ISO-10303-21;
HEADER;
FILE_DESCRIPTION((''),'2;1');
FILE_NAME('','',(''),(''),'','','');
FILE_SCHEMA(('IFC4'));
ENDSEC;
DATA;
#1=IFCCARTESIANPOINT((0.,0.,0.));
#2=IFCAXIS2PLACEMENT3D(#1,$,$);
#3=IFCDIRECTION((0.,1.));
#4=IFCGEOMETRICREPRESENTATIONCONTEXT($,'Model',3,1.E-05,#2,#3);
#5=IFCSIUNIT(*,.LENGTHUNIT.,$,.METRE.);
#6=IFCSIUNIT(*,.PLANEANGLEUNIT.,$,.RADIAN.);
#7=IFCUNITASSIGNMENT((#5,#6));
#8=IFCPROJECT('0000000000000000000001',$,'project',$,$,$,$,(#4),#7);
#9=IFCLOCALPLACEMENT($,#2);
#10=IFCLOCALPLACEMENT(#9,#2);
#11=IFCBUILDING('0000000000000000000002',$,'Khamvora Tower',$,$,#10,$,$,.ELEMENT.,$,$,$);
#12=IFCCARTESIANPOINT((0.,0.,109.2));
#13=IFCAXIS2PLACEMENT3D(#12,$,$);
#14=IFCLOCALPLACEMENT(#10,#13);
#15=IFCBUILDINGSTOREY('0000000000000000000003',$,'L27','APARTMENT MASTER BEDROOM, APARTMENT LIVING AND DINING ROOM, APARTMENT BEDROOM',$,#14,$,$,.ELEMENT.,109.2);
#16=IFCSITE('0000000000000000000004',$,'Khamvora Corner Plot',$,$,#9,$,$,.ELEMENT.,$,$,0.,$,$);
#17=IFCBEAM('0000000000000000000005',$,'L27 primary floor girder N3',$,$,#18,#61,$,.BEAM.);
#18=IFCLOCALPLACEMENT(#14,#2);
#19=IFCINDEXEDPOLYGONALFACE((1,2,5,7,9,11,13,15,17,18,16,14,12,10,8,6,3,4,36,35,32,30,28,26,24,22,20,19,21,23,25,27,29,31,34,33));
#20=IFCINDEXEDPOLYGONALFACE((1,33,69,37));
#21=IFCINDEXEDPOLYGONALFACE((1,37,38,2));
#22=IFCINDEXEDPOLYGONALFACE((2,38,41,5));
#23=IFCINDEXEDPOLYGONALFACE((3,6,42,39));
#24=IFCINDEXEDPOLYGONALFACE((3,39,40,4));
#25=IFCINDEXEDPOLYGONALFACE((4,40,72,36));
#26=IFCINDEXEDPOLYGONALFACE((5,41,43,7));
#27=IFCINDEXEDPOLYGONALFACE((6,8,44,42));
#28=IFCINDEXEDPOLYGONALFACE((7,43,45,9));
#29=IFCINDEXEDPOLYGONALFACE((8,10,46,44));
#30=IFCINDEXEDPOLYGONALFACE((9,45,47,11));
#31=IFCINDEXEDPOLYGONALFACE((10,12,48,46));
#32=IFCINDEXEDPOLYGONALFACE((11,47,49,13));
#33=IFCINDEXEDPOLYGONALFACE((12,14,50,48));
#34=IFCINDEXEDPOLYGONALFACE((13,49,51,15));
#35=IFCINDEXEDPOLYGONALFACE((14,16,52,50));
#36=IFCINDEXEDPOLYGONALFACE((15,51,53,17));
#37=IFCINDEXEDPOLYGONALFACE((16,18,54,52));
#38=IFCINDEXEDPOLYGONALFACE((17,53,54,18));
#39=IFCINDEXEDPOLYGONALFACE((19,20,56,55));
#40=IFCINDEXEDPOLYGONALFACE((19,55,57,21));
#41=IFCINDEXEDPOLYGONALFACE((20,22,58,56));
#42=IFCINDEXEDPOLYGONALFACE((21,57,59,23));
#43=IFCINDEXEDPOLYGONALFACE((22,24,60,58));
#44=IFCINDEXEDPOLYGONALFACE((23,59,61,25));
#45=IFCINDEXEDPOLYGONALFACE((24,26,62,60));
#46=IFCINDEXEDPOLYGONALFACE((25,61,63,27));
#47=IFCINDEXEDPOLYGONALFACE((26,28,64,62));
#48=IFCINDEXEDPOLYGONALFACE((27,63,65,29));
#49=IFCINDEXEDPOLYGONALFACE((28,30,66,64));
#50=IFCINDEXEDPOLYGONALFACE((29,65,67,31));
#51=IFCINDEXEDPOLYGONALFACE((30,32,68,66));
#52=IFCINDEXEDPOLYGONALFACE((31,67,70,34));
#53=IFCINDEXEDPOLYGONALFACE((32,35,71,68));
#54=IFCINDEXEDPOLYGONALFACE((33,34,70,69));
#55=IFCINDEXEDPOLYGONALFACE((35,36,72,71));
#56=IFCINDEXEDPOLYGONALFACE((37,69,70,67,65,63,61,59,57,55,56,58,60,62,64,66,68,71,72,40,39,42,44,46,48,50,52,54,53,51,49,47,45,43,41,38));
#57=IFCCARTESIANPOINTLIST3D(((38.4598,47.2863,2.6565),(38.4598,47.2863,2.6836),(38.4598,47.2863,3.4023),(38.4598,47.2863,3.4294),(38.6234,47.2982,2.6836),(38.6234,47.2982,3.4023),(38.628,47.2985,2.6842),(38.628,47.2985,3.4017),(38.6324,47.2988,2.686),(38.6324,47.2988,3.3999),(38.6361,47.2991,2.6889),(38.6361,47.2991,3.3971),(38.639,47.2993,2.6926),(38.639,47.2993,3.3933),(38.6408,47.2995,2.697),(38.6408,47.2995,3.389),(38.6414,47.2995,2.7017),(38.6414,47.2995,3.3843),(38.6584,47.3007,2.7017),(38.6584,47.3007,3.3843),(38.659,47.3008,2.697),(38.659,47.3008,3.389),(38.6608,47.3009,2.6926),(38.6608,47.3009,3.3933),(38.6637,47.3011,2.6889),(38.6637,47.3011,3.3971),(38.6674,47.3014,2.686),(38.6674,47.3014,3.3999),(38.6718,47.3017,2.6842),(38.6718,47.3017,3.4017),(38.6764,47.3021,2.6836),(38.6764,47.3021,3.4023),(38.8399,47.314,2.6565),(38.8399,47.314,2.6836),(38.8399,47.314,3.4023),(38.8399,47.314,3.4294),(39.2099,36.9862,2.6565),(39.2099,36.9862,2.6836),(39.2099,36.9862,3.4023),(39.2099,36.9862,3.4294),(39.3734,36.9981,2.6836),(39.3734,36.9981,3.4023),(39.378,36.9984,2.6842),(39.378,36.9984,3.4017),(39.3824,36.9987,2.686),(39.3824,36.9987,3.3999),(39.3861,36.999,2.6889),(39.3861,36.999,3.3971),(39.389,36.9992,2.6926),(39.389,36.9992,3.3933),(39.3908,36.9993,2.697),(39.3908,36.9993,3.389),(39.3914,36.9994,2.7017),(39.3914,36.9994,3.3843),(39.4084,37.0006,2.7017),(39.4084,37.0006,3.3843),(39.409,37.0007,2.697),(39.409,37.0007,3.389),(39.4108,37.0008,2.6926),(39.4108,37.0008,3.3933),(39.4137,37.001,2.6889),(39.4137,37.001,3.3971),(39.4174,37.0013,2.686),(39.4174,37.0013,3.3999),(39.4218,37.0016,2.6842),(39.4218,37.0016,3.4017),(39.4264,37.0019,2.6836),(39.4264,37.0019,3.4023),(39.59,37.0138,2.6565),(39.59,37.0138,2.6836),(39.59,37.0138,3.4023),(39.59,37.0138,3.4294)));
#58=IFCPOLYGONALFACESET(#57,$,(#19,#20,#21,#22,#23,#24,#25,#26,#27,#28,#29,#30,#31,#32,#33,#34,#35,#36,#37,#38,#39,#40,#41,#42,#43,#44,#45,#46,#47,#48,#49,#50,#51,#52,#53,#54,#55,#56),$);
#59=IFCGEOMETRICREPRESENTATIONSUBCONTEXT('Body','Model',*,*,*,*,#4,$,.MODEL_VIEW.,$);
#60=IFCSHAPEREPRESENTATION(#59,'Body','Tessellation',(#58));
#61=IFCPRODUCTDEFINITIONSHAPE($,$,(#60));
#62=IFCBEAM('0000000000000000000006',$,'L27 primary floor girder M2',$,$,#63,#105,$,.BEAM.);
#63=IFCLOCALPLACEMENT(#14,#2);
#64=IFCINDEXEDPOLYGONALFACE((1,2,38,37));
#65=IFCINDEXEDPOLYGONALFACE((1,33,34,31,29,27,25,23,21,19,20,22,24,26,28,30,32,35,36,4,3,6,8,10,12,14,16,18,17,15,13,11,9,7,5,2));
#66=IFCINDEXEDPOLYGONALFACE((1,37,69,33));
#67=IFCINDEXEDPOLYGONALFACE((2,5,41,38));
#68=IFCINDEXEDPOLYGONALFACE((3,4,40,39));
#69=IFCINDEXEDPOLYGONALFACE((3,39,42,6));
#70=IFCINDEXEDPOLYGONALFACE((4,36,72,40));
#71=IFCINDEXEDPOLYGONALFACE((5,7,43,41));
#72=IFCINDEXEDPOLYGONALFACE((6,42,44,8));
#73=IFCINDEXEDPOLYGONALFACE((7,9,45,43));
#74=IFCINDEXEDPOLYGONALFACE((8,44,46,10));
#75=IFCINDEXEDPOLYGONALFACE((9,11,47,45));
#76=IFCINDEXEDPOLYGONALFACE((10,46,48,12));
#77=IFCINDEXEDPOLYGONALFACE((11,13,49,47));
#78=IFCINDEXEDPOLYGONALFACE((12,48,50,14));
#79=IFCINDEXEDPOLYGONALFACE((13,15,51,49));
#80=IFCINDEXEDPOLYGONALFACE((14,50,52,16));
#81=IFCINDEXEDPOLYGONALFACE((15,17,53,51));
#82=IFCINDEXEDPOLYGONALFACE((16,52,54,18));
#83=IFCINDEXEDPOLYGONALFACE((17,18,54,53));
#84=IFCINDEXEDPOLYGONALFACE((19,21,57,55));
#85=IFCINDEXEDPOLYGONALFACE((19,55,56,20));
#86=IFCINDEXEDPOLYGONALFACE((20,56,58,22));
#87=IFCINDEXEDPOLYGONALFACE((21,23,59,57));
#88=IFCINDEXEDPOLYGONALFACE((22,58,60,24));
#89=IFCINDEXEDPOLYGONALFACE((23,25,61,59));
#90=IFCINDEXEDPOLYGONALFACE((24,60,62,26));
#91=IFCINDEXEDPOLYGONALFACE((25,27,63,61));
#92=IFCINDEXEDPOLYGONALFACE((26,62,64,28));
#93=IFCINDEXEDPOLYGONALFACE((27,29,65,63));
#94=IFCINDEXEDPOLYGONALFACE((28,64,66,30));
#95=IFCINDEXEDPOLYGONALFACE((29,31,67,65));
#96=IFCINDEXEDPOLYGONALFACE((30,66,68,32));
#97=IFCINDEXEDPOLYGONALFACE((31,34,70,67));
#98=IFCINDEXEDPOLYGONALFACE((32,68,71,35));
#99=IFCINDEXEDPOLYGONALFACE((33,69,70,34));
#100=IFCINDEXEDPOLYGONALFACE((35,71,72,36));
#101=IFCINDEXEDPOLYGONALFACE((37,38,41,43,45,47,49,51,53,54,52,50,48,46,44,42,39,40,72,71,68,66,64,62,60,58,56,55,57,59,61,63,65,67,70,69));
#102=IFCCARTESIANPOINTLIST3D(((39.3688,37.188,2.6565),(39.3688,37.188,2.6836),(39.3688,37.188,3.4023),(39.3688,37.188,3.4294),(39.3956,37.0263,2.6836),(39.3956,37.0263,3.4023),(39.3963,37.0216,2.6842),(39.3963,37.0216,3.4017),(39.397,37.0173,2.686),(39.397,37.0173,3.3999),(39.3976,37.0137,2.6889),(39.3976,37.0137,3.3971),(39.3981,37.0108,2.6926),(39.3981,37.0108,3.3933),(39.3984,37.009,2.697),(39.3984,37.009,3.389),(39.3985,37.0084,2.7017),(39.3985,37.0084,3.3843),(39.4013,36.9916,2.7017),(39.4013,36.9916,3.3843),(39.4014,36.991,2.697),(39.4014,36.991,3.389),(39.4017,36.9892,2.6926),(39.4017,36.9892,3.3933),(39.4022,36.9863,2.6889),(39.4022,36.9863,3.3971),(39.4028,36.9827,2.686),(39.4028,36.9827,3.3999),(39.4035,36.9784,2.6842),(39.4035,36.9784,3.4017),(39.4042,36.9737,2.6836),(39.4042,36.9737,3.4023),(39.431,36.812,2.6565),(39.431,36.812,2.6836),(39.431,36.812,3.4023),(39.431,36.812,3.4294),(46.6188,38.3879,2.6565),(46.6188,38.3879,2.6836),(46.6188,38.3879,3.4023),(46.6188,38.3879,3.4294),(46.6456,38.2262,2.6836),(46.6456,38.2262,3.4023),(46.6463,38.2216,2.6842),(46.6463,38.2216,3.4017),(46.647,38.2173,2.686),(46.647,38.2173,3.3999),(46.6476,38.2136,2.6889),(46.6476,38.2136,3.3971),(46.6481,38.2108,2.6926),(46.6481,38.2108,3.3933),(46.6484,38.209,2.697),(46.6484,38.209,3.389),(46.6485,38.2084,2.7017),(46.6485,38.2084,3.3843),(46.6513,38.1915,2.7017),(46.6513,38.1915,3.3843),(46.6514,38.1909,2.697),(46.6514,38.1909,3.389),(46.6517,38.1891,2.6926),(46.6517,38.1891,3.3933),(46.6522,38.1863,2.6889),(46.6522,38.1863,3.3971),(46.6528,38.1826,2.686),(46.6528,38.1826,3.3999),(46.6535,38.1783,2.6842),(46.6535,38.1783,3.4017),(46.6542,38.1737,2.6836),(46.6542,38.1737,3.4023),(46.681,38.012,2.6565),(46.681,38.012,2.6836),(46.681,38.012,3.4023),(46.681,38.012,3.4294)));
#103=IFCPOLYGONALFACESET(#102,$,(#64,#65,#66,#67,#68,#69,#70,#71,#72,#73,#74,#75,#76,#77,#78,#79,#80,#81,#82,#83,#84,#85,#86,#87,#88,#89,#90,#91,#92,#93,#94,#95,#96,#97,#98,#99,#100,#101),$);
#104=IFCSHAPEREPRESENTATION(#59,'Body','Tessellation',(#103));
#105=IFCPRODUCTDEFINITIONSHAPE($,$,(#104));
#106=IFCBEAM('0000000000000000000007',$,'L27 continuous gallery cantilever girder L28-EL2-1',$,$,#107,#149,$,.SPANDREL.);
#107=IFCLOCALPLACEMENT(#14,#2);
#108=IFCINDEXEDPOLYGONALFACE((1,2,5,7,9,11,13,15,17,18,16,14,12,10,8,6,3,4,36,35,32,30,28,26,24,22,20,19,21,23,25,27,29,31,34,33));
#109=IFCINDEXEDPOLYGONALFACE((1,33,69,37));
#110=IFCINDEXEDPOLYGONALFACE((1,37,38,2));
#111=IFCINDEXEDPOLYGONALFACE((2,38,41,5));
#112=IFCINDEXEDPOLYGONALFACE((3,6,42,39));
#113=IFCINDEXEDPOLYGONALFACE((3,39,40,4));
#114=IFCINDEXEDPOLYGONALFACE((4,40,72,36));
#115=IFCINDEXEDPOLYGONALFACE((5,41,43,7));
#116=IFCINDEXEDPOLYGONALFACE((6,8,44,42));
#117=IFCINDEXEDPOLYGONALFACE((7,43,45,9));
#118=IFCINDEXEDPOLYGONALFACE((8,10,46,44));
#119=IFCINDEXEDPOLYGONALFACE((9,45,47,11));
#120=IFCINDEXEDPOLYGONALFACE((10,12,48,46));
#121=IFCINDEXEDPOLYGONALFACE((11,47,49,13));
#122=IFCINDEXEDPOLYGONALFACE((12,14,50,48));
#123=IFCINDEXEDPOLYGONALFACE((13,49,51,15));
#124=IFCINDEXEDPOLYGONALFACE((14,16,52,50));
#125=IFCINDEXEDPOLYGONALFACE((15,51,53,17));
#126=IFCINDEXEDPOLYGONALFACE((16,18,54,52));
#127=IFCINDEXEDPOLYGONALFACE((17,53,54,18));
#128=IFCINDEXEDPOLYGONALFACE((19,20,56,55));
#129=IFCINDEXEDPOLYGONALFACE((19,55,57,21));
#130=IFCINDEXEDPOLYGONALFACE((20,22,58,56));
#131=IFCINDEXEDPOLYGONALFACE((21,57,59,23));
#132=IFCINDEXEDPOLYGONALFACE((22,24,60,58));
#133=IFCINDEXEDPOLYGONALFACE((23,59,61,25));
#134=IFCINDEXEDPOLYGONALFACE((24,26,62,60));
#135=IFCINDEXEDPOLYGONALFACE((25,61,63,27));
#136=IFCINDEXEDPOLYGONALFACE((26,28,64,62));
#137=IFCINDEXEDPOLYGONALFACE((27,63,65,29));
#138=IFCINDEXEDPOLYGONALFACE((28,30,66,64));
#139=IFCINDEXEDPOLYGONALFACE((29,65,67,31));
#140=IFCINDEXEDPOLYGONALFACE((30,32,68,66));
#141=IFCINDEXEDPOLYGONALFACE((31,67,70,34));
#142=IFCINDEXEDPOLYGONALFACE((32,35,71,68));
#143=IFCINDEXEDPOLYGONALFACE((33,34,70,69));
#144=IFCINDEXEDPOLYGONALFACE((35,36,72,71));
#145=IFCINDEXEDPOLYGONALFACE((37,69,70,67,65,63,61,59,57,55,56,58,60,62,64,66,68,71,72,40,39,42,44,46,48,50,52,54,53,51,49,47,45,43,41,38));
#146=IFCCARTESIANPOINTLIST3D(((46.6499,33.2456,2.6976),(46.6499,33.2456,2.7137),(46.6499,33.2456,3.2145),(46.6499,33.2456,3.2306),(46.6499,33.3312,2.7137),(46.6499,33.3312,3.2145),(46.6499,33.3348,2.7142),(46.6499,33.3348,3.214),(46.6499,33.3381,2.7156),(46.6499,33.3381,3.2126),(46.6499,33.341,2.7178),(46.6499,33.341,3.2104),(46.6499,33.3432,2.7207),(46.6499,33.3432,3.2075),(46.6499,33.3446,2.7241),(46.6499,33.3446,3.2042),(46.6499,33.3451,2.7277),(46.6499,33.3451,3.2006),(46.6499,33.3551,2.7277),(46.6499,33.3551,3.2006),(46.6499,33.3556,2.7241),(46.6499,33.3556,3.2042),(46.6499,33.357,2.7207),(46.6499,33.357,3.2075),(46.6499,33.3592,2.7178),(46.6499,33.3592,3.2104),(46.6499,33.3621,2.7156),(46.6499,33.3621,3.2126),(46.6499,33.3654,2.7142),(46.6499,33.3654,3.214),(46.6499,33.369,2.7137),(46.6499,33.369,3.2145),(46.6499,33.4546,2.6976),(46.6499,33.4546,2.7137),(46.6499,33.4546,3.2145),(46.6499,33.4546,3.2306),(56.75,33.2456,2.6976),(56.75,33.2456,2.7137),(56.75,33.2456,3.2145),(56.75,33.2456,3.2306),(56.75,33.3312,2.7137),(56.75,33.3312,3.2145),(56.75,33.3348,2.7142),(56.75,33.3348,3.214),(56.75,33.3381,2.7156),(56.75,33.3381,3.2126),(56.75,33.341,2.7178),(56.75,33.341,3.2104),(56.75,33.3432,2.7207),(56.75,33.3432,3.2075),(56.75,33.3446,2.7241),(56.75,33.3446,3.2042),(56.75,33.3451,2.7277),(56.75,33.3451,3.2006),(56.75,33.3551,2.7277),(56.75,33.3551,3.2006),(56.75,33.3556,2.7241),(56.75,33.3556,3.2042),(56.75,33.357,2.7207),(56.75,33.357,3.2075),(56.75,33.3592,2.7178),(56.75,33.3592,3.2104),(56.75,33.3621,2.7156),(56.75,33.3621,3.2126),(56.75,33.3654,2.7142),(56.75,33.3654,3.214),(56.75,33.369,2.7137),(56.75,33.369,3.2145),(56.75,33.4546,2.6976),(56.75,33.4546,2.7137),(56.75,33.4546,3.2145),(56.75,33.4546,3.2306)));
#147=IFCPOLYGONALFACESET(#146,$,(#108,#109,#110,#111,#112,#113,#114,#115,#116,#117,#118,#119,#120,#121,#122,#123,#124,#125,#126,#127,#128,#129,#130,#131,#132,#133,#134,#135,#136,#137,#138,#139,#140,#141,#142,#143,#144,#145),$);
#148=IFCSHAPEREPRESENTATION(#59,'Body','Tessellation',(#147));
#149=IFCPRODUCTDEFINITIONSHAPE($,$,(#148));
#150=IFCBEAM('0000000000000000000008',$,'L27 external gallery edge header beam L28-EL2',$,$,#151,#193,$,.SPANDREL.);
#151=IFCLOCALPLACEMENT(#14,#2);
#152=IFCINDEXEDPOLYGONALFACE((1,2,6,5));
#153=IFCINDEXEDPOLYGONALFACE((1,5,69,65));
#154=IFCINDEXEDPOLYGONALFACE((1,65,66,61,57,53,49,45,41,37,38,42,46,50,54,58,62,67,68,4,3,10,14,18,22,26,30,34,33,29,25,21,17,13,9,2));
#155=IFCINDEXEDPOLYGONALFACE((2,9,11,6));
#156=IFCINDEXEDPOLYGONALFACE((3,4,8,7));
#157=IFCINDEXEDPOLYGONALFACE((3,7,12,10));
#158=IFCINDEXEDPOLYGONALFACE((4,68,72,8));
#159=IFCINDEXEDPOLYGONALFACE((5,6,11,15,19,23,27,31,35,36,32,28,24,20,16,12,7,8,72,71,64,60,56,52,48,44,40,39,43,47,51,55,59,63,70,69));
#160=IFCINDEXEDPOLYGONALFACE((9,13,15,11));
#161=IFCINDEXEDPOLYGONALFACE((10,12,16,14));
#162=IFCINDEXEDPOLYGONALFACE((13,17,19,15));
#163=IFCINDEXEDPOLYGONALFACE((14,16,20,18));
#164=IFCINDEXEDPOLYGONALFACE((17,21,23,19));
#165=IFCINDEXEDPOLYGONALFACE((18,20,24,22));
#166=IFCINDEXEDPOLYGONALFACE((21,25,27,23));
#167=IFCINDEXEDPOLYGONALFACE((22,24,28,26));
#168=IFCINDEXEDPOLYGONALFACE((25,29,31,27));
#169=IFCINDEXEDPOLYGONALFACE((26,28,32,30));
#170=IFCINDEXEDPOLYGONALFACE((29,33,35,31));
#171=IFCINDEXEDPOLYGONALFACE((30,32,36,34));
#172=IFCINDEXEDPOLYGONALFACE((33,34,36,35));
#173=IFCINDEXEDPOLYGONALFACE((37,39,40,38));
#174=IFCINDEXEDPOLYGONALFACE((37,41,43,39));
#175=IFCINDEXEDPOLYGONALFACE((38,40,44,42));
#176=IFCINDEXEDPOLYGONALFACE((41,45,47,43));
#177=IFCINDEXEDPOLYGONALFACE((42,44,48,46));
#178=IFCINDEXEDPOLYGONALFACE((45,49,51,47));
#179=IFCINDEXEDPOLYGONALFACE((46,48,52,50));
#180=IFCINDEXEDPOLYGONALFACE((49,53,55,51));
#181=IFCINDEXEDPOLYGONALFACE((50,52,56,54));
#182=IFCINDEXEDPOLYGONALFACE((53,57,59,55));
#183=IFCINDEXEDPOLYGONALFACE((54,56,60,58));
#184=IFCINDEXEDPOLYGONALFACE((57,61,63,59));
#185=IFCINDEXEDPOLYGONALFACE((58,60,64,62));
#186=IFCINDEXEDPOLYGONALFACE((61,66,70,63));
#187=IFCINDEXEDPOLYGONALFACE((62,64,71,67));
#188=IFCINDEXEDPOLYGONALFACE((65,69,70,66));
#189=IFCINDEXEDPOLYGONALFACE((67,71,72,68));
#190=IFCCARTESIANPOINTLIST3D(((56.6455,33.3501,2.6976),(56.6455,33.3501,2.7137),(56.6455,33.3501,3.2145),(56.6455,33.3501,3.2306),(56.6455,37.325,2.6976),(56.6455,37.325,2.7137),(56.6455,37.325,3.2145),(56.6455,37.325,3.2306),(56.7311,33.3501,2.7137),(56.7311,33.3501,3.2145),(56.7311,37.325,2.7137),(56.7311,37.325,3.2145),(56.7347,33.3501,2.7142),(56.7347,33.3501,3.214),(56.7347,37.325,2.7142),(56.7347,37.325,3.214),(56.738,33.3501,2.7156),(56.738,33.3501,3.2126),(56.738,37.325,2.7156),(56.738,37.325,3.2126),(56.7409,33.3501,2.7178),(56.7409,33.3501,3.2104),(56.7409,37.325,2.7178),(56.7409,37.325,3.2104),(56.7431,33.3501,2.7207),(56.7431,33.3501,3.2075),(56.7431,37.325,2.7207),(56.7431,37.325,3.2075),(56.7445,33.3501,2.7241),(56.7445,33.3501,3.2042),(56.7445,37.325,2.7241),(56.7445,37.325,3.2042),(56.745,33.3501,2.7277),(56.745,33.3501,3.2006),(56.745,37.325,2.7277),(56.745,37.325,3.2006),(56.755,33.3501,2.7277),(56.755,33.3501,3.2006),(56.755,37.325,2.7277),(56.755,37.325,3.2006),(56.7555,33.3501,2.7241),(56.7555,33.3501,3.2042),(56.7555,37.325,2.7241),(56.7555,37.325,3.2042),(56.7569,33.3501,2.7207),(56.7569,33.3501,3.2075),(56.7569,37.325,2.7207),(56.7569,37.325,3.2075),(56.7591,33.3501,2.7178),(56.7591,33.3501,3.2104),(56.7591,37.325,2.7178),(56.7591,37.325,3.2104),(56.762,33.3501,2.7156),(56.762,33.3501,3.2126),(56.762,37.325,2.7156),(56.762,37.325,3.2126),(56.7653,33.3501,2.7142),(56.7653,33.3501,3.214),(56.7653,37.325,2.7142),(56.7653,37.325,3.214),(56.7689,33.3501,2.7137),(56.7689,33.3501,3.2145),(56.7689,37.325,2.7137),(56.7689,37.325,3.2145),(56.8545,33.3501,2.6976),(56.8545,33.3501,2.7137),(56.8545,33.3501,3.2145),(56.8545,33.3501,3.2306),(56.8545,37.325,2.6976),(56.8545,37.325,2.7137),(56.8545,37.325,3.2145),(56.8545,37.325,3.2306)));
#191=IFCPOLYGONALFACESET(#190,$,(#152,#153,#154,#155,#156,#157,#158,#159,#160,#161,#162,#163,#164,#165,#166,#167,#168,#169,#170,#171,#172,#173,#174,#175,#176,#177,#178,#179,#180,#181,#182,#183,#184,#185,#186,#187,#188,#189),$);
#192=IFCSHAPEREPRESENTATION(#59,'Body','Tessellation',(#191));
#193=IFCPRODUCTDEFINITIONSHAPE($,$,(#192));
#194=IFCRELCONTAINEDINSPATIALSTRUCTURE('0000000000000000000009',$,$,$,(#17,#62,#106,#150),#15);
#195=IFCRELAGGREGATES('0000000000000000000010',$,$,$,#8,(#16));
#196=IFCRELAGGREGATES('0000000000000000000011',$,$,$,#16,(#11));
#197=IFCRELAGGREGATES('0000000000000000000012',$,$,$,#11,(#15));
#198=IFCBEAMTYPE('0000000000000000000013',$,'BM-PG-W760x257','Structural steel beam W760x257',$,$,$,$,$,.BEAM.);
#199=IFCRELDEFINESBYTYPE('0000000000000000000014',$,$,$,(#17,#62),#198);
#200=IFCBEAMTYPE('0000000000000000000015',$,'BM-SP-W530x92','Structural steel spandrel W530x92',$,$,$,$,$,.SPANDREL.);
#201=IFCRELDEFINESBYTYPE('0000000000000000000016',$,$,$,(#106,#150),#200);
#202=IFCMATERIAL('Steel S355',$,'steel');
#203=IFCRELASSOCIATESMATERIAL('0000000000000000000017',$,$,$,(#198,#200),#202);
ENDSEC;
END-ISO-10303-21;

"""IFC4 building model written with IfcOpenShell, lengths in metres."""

from ifc_helpers import new_model, si_unit, direction, frame, origin, origin_2d, place, context, subcontext, project, spatial, i_section, extrude, material, material_profile, profile_set, type_object, element, save


model = new_model("IFC4")

# Units and contexts
model_context = context("Model", 3, precision=1e-05, world=origin(), true_north=direction((0.0, 1.0)))
body_context = subcontext(model_context, "Body", "Model", "MODEL_VIEW")
ifc_project = project(units=[si_unit("LENGTHUNIT", "METRE"), si_unit("PLANEANGLEUNIT", "RADIAN")], contexts=[model_context])

# Site, building, storey
site_placement = place(None, origin())
site = spatial("IfcSite", under=ifc_project, at=site_placement, Name="Khamvora Corner Plot", CompositionType="ELEMENT", RefElevation=0.0)
building_placement = place(site_placement, origin())
building = spatial("IfcBuilding", under=site, at=building_placement, Name="Khamvora Tower", CompositionType="ELEMENT")
storey_placement = place(building_placement, frame((0.0, 0.0, 109.2)))
storey = spatial("IfcBuildingStorey", under=building, at=storey_placement, Name="L27", Description="APARTMENT MASTER BEDROOM, APARTMENT LIVING AND DINING ROOM, APARTMENT BEDROOM", CompositionType="ELEMENT", Elevation=109.2)

# Beams
ifc_material_1 = material(Name="Steel S355", Category="steel")
ifc_material_profile_1 = material_profile(ifc_material_1, i_section(OverallWidth=0.3811, OverallDepth=0.7729, WebThickness=0.0171, FlangeThickness=0.0271, FilletRadius=0.0181, at=origin_2d()), Name="W760x257")
ifc_profile_set_1 = profile_set([ifc_material_profile_1], Name="Steel S355")
beam_type_1 = type_object("IfcBeamType", Name="BM-PG-W760x257", Description="Structural steel beam W760x257", PredefinedType="BEAM", material=ifc_profile_set_1)
beam_1_placement = place(storey_placement, frame((39.3999, 37.0, 3.043), z_axis=(-0.072623, 0.997359, 0.0), x_axis=(-0.997359, -0.072623, 0.0)))
element("IfcBeam", 1, at=beam_1_placement, inside=storey, type_object=beam_type_1, Name="L27 primary floor girder N3", PredefinedType="BEAM", context=body_context, shape_type="SweptSolid", body=[
    extrude(i_section(OverallWidth=0.3811, OverallDepth=0.7729, WebThickness=0.0171, FlangeThickness=0.0271, FilletRadius=0.0181, at=origin_2d()), origin(), (0.0, 0.0, 1.0), 10.3274),
])
beam_2_placement = place(storey_placement, frame((39.3999, 37.0, 3.043), z_axis=(0.986578, 0.163289, 0.0), x_axis=(-0.163289, 0.986578, 0.0)))
element("IfcBeam", 2, at=beam_2_placement, inside=storey, type_object=beam_type_1, Name="L27 primary floor girder M2", PredefinedType="BEAM", context=body_context, shape_type="SweptSolid", body=[
    extrude(i_section(OverallWidth=0.3811, OverallDepth=0.7729, WebThickness=0.0171, FlangeThickness=0.0271, FilletRadius=0.0181, at=origin_2d()), origin(), (0.0, 0.0, 1.0), 7.3486),
])
ifc_material_profile_2 = material_profile(ifc_material_1, i_section(OverallWidth=0.209, OverallDepth=0.533, WebThickness=0.01, FlangeThickness=0.0161, FilletRadius=0.0139, at=origin_2d()), Name="W530x92")
ifc_profile_set_2 = profile_set([ifc_material_profile_2], Name="Steel S355")
beam_type_2 = type_object("IfcBeamType", Name="BM-SP-W530x92", Description="Structural steel spandrel W530x92", PredefinedType="SPANDREL", material=ifc_profile_set_2)
beam_3_placement = place(storey_placement, frame((46.6499, 33.3501, 2.9641), z_axis=(1.0, 0.0, 0.0), x_axis=(0.0, 1.0, 0.0)))
element("IfcBeam", 3, at=beam_3_placement, inside=storey, type_object=beam_type_2, Name="L27 continuous gallery cantilever girder L28-EL2-1", PredefinedType="SPANDREL", context=body_context, shape_type="SweptSolid", body=[
    extrude(i_section(OverallWidth=0.209, OverallDepth=0.533, WebThickness=0.01, FlangeThickness=0.0161, FilletRadius=0.0139, at=origin_2d()), origin(), (0.0, 0.0, 1.0), 10.1001),
])
beam_4_placement = place(storey_placement, frame((56.75, 33.3501, 2.9641), z_axis=(0.0, 1.0, 0.0), x_axis=(-1.0, 0.0, 0.0)))
element("IfcBeam", 4, at=beam_4_placement, inside=storey, type_object=beam_type_2, Name="L27 external gallery edge header beam L28-EL2", PredefinedType="SPANDREL", context=body_context, shape_type="SweptSolid", body=[
    extrude(i_section(OverallWidth=0.209, OverallDepth=0.533, WebThickness=0.01, FlangeThickness=0.0161, FilletRadius=0.0139, at=origin_2d()), origin(), (0.0, 0.0, 1.0), 3.9749),
])

save(model, "model.ifc")
